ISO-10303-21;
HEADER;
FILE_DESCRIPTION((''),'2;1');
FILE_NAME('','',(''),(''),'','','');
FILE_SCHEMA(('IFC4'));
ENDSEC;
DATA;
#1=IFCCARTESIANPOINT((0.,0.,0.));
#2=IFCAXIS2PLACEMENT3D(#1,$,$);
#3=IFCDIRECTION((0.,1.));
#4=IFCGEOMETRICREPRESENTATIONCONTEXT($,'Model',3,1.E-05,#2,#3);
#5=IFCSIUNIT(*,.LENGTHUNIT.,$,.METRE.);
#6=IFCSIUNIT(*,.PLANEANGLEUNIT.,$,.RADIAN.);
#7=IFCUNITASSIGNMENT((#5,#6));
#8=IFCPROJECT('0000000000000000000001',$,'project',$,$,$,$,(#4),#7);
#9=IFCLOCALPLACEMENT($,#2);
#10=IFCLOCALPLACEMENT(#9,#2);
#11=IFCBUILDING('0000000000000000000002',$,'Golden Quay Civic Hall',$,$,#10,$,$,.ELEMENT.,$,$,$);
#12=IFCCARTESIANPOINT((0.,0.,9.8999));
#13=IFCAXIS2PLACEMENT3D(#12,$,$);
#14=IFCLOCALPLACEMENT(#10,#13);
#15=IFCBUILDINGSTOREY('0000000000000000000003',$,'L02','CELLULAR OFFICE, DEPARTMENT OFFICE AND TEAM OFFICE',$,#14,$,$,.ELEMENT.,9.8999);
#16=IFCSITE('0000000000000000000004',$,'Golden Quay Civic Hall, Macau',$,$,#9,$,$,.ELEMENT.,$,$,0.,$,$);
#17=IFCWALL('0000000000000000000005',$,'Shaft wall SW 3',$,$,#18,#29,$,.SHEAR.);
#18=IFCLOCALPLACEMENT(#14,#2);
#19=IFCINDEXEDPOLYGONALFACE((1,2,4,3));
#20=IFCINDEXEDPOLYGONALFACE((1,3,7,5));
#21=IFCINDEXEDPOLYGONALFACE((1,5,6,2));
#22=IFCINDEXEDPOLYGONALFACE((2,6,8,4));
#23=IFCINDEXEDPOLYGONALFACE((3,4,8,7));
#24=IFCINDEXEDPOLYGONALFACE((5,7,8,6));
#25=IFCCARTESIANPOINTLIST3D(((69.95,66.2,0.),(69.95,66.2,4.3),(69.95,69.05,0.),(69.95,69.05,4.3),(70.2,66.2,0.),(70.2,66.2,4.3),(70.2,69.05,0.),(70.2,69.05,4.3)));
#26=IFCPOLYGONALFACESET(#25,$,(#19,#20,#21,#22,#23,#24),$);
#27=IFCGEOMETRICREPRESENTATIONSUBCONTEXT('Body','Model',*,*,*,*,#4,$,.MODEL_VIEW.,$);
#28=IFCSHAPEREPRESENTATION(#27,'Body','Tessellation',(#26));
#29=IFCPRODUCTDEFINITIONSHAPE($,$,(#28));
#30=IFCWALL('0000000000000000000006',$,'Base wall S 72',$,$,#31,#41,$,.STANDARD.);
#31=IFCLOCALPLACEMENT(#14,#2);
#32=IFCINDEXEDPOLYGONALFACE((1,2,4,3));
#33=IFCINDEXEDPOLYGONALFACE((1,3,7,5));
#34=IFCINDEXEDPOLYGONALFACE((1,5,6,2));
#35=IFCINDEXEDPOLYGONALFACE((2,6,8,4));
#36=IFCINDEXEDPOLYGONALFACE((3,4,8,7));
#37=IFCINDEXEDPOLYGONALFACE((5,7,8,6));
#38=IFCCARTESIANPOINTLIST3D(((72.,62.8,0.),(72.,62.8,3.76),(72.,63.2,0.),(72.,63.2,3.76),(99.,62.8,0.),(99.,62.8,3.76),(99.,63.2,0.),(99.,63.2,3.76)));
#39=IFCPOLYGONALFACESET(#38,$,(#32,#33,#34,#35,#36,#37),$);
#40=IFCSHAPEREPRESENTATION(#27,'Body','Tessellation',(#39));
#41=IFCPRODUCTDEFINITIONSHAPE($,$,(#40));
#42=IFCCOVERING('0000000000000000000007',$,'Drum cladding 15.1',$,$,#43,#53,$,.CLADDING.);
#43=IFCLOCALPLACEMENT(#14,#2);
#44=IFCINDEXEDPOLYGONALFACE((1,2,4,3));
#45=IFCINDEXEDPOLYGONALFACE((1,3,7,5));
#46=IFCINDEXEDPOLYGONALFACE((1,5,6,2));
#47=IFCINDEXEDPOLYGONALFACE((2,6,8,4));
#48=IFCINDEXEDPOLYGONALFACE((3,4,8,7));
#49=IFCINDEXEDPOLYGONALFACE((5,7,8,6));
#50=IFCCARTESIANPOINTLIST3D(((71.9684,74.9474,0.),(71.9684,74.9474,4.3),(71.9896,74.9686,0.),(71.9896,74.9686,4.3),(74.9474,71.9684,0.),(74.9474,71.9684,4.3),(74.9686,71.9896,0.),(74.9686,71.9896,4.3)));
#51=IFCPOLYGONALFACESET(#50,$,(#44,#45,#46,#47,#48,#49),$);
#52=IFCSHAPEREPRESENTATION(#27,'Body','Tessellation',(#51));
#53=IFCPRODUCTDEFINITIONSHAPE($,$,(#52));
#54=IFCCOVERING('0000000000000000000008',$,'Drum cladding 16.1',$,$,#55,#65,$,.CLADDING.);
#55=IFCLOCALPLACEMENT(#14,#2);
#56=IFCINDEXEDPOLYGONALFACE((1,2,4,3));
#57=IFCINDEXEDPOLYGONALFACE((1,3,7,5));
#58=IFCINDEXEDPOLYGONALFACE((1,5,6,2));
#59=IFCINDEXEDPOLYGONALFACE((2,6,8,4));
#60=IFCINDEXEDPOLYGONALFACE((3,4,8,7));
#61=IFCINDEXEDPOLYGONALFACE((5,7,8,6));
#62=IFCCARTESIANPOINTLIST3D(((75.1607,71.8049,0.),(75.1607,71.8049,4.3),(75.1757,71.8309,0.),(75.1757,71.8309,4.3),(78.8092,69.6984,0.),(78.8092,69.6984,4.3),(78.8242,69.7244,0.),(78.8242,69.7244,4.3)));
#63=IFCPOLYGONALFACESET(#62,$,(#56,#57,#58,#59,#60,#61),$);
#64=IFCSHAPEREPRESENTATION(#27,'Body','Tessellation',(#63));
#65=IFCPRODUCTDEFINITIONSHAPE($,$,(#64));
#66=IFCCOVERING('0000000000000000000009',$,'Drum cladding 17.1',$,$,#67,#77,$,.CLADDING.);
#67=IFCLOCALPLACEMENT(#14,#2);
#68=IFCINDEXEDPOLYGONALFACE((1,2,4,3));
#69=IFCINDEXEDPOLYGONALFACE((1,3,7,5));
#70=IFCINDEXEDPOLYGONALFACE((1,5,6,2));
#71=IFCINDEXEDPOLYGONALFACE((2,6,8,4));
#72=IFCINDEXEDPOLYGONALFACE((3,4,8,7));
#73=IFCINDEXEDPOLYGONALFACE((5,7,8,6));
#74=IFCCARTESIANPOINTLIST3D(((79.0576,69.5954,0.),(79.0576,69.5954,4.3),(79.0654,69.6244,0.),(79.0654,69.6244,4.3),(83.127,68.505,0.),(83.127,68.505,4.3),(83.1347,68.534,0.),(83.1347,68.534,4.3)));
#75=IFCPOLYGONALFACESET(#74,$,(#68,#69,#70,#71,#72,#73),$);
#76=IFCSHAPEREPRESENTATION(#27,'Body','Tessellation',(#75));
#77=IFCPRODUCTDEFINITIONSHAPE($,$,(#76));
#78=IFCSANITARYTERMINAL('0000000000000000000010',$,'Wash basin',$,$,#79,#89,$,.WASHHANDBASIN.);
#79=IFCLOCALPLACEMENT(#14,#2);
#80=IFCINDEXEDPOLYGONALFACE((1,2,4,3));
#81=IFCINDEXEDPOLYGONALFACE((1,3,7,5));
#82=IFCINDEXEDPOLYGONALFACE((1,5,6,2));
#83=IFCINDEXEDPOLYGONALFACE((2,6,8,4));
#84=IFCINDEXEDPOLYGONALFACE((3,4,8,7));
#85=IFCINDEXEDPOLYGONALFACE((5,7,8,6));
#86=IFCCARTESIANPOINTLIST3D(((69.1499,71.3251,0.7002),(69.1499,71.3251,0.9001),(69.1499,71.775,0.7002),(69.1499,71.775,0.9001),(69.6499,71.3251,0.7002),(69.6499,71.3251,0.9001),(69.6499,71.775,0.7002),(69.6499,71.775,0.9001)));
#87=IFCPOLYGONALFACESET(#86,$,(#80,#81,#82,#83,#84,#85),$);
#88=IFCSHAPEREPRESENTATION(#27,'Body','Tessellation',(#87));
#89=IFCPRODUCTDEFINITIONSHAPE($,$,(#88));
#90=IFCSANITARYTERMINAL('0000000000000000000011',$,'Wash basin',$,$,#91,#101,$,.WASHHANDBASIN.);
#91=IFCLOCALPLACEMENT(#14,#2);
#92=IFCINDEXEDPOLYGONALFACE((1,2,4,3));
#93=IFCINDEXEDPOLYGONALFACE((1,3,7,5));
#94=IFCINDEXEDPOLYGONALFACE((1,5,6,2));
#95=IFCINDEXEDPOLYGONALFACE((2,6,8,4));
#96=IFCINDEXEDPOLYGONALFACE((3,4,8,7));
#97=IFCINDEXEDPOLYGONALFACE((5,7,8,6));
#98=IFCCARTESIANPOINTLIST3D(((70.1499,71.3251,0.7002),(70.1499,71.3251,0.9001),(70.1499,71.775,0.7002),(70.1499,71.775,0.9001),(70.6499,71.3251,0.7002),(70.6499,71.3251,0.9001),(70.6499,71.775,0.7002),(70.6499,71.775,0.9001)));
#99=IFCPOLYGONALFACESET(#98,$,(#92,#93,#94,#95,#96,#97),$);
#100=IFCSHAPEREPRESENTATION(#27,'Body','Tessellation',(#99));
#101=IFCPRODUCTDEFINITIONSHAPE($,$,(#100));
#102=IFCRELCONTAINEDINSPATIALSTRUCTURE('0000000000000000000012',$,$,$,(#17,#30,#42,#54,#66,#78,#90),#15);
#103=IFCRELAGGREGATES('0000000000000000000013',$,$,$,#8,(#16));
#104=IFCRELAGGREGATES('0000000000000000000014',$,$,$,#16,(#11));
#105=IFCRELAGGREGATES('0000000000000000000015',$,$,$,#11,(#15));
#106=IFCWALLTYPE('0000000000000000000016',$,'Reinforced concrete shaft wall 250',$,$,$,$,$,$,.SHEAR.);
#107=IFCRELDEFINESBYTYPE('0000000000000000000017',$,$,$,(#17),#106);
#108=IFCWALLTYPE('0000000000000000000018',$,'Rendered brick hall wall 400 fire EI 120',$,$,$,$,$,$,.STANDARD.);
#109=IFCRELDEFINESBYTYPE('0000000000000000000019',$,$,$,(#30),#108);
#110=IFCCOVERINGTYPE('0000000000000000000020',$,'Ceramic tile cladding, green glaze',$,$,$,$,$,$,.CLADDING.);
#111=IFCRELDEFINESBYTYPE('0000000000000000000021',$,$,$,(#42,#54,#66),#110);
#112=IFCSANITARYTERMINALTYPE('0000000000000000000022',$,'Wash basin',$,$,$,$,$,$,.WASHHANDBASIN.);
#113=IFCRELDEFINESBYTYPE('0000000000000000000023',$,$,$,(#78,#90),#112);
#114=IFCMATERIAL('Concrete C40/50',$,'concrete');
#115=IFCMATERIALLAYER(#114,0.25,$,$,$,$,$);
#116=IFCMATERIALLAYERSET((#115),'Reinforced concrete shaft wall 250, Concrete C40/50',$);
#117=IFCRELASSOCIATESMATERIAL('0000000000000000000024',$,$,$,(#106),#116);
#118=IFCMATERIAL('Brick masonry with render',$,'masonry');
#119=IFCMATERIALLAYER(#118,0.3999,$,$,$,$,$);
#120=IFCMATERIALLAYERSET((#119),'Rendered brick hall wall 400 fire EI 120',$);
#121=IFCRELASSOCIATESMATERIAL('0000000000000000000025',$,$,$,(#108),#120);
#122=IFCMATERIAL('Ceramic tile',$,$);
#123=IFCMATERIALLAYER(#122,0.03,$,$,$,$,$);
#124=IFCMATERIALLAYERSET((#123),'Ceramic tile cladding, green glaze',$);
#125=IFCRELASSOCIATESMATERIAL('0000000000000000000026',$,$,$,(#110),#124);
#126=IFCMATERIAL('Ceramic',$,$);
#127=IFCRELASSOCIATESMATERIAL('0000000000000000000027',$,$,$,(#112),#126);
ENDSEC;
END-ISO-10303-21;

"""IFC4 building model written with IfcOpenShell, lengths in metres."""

from ifc_helpers import new_model, si_unit, direction, frame, frame_2d, origin, origin_2d, place, context, subcontext, project, spatial, rectangle, extrude, material, layer, layer_set, type_object, element, save


model = new_model("IFC4")

# Units and contexts
model_context = context("Model", 3, precision=1e-05, world=origin(), true_north=direction((0.0, 1.0)))
body_context = subcontext(model_context, "Body", "Model", "MODEL_VIEW")
ifc_project = project(units=[si_unit("LENGTHUNIT", "METRE"), si_unit("PLANEANGLEUNIT", "RADIAN")], contexts=[model_context])

# Site, building, storey
site_placement = place(None, origin())
site = spatial("IfcSite", under=ifc_project, at=site_placement, Name="Golden Quay Civic Hall, Macau", CompositionType="ELEMENT", RefElevation=0.0)
building_placement = place(site_placement, origin())
building = spatial("IfcBuilding", under=site, at=building_placement, Name="Golden Quay Civic Hall", CompositionType="ELEMENT")
storey_placement = place(building_placement, frame((0.0, 0.0, 9.8999)))
storey = spatial("IfcBuildingStorey", under=building, at=storey_placement, Name="L02", Description="CELLULAR OFFICE, DEPARTMENT OFFICE AND TEAM OFFICE", CompositionType="ELEMENT", Elevation=9.8999)

# Walls
ifc_material_1 = material(Name="Concrete C40/50", Category="concrete")
ifc_layer_1 = layer(ifc_material_1, 0.25)
ifc_layer_set_1 = layer_set([ifc_layer_1], Name="Reinforced concrete shaft wall 250, Concrete C40/50")
wall_type_1 = type_object("IfcWallType", Name="Reinforced concrete shaft wall 250", PredefinedType="SHEAR", material=ifc_layer_set_1)
wall_1_placement = place(storey_placement, frame((70.075, 66.2, 0.0), z_axis=(0.0, 0.0, 1.0), x_axis=(0.0, 1.0, 0.0)))
element("IfcWall", 1, at=wall_1_placement, inside=storey, type_object=wall_type_1, Name="Shaft wall SW 3", PredefinedType="SHEAR", context=body_context, shape_type="SweptSolid", body=[
    extrude(rectangle(XDim=2.8501, YDim=0.25, at=frame_2d((1.425, 0.0))), origin(), (0.0, 0.0, 1.0), 4.3),
])
ifc_material_2 = material(Name="Brick masonry with render", Category="masonry")
ifc_layer_2 = layer(ifc_material_2, 0.3999)
ifc_layer_set_2 = layer_set([ifc_layer_2], Name="Rendered brick hall wall 400 fire EI 120")
wall_type_2 = type_object("IfcWallType", Name="Rendered brick hall wall 400 fire EI 120", PredefinedType="STANDARD", material=ifc_layer_set_2)
wall_2_placement = place(storey_placement, frame((72.0, 63.0, 0.0), z_axis=(0.0, 0.0, 1.0), x_axis=(1.0, 0.0, 0.0)))
element("IfcWall", 2, at=wall_2_placement, inside=storey, type_object=wall_type_2, Name="Base wall S 72", PredefinedType="STANDARD", context=body_context, shape_type="SweptSolid", body=[
    extrude(rectangle(XDim=27.0, YDim=0.3999, at=frame_2d((13.5, 0.0))), origin(), (0.0, 0.0, 1.0), 3.76),
])

# Coverings
ifc_material_3 = material(Name="Ceramic tile")
ifc_layer_3 = layer(ifc_material_3, 0.03)
ifc_layer_set_3 = layer_set([ifc_layer_3], Name="Ceramic tile cladding, green glaze")
covering_type = type_object("IfcCoveringType", Name="Ceramic tile cladding, green glaze", PredefinedType="CLADDING", material=ifc_layer_set_3)
for number, where, z_axis, x_axis, name in (
    (3, (73.4685, 73.4685, 0.0), (0.0, 0.0, 1.0), (0.707107, -0.707107, 0.0), "Drum cladding 15.1"),
    (4, (76.9924, 70.7646, 0.0), (0.0, 0.0, 1.0), (0.866025, -0.5, 0.0), "Drum cladding 16.1"),
    (5, (81.0962, 69.0647, 0.0), (0.0, 0.0, 1.0), (0.965926, -0.258819, 0.0), "Drum cladding 17.1"),
):
    element("IfcCovering", number, at=place(storey_placement, frame(where, z_axis=z_axis, x_axis=x_axis)), inside=storey, type_object=covering_type, Name=name, PredefinedType="CLADDING", context=body_context, shape_type="SweptSolid", body=[
        extrude(rectangle(XDim=4.2129, YDim=0.03, at=origin_2d()), origin(), (0.0, 0.0, 1.0), 4.3),
    ])

# Sanitary terminals
ifc_material_4 = material(Name="Ceramic")
sanitary_terminal_type = type_object("IfcSanitaryTerminalType", Name="Wash basin", PredefinedType="WASHHANDBASIN", material=ifc_material_4)
for number, where, z_axis, x_axis, name in (
    (6, (69.3999, 71.55, 0.7002), (0.0, 0.0, 1.0), (1.0, 0.0, 0.0), "Wash basin"),
    (7, (70.3999, 71.55, 0.7002), (0.0, 0.0, 1.0), (1.0, 0.0, 0.0), "Wash basin"),
):
    element("IfcSanitaryTerminal", number, at=place(storey_placement, frame(where, z_axis=z_axis, x_axis=x_axis)), inside=storey, type_object=sanitary_terminal_type, Name=name, PredefinedType="WASHHANDBASIN", context=body_context, shape_type="SweptSolid", body=[
        extrude(rectangle(XDim=0.5, YDim=0.45, at=origin_2d()), origin(), (0.0, 0.0, 1.0), 0.2),
    ])

save(model, "model.ifc")
